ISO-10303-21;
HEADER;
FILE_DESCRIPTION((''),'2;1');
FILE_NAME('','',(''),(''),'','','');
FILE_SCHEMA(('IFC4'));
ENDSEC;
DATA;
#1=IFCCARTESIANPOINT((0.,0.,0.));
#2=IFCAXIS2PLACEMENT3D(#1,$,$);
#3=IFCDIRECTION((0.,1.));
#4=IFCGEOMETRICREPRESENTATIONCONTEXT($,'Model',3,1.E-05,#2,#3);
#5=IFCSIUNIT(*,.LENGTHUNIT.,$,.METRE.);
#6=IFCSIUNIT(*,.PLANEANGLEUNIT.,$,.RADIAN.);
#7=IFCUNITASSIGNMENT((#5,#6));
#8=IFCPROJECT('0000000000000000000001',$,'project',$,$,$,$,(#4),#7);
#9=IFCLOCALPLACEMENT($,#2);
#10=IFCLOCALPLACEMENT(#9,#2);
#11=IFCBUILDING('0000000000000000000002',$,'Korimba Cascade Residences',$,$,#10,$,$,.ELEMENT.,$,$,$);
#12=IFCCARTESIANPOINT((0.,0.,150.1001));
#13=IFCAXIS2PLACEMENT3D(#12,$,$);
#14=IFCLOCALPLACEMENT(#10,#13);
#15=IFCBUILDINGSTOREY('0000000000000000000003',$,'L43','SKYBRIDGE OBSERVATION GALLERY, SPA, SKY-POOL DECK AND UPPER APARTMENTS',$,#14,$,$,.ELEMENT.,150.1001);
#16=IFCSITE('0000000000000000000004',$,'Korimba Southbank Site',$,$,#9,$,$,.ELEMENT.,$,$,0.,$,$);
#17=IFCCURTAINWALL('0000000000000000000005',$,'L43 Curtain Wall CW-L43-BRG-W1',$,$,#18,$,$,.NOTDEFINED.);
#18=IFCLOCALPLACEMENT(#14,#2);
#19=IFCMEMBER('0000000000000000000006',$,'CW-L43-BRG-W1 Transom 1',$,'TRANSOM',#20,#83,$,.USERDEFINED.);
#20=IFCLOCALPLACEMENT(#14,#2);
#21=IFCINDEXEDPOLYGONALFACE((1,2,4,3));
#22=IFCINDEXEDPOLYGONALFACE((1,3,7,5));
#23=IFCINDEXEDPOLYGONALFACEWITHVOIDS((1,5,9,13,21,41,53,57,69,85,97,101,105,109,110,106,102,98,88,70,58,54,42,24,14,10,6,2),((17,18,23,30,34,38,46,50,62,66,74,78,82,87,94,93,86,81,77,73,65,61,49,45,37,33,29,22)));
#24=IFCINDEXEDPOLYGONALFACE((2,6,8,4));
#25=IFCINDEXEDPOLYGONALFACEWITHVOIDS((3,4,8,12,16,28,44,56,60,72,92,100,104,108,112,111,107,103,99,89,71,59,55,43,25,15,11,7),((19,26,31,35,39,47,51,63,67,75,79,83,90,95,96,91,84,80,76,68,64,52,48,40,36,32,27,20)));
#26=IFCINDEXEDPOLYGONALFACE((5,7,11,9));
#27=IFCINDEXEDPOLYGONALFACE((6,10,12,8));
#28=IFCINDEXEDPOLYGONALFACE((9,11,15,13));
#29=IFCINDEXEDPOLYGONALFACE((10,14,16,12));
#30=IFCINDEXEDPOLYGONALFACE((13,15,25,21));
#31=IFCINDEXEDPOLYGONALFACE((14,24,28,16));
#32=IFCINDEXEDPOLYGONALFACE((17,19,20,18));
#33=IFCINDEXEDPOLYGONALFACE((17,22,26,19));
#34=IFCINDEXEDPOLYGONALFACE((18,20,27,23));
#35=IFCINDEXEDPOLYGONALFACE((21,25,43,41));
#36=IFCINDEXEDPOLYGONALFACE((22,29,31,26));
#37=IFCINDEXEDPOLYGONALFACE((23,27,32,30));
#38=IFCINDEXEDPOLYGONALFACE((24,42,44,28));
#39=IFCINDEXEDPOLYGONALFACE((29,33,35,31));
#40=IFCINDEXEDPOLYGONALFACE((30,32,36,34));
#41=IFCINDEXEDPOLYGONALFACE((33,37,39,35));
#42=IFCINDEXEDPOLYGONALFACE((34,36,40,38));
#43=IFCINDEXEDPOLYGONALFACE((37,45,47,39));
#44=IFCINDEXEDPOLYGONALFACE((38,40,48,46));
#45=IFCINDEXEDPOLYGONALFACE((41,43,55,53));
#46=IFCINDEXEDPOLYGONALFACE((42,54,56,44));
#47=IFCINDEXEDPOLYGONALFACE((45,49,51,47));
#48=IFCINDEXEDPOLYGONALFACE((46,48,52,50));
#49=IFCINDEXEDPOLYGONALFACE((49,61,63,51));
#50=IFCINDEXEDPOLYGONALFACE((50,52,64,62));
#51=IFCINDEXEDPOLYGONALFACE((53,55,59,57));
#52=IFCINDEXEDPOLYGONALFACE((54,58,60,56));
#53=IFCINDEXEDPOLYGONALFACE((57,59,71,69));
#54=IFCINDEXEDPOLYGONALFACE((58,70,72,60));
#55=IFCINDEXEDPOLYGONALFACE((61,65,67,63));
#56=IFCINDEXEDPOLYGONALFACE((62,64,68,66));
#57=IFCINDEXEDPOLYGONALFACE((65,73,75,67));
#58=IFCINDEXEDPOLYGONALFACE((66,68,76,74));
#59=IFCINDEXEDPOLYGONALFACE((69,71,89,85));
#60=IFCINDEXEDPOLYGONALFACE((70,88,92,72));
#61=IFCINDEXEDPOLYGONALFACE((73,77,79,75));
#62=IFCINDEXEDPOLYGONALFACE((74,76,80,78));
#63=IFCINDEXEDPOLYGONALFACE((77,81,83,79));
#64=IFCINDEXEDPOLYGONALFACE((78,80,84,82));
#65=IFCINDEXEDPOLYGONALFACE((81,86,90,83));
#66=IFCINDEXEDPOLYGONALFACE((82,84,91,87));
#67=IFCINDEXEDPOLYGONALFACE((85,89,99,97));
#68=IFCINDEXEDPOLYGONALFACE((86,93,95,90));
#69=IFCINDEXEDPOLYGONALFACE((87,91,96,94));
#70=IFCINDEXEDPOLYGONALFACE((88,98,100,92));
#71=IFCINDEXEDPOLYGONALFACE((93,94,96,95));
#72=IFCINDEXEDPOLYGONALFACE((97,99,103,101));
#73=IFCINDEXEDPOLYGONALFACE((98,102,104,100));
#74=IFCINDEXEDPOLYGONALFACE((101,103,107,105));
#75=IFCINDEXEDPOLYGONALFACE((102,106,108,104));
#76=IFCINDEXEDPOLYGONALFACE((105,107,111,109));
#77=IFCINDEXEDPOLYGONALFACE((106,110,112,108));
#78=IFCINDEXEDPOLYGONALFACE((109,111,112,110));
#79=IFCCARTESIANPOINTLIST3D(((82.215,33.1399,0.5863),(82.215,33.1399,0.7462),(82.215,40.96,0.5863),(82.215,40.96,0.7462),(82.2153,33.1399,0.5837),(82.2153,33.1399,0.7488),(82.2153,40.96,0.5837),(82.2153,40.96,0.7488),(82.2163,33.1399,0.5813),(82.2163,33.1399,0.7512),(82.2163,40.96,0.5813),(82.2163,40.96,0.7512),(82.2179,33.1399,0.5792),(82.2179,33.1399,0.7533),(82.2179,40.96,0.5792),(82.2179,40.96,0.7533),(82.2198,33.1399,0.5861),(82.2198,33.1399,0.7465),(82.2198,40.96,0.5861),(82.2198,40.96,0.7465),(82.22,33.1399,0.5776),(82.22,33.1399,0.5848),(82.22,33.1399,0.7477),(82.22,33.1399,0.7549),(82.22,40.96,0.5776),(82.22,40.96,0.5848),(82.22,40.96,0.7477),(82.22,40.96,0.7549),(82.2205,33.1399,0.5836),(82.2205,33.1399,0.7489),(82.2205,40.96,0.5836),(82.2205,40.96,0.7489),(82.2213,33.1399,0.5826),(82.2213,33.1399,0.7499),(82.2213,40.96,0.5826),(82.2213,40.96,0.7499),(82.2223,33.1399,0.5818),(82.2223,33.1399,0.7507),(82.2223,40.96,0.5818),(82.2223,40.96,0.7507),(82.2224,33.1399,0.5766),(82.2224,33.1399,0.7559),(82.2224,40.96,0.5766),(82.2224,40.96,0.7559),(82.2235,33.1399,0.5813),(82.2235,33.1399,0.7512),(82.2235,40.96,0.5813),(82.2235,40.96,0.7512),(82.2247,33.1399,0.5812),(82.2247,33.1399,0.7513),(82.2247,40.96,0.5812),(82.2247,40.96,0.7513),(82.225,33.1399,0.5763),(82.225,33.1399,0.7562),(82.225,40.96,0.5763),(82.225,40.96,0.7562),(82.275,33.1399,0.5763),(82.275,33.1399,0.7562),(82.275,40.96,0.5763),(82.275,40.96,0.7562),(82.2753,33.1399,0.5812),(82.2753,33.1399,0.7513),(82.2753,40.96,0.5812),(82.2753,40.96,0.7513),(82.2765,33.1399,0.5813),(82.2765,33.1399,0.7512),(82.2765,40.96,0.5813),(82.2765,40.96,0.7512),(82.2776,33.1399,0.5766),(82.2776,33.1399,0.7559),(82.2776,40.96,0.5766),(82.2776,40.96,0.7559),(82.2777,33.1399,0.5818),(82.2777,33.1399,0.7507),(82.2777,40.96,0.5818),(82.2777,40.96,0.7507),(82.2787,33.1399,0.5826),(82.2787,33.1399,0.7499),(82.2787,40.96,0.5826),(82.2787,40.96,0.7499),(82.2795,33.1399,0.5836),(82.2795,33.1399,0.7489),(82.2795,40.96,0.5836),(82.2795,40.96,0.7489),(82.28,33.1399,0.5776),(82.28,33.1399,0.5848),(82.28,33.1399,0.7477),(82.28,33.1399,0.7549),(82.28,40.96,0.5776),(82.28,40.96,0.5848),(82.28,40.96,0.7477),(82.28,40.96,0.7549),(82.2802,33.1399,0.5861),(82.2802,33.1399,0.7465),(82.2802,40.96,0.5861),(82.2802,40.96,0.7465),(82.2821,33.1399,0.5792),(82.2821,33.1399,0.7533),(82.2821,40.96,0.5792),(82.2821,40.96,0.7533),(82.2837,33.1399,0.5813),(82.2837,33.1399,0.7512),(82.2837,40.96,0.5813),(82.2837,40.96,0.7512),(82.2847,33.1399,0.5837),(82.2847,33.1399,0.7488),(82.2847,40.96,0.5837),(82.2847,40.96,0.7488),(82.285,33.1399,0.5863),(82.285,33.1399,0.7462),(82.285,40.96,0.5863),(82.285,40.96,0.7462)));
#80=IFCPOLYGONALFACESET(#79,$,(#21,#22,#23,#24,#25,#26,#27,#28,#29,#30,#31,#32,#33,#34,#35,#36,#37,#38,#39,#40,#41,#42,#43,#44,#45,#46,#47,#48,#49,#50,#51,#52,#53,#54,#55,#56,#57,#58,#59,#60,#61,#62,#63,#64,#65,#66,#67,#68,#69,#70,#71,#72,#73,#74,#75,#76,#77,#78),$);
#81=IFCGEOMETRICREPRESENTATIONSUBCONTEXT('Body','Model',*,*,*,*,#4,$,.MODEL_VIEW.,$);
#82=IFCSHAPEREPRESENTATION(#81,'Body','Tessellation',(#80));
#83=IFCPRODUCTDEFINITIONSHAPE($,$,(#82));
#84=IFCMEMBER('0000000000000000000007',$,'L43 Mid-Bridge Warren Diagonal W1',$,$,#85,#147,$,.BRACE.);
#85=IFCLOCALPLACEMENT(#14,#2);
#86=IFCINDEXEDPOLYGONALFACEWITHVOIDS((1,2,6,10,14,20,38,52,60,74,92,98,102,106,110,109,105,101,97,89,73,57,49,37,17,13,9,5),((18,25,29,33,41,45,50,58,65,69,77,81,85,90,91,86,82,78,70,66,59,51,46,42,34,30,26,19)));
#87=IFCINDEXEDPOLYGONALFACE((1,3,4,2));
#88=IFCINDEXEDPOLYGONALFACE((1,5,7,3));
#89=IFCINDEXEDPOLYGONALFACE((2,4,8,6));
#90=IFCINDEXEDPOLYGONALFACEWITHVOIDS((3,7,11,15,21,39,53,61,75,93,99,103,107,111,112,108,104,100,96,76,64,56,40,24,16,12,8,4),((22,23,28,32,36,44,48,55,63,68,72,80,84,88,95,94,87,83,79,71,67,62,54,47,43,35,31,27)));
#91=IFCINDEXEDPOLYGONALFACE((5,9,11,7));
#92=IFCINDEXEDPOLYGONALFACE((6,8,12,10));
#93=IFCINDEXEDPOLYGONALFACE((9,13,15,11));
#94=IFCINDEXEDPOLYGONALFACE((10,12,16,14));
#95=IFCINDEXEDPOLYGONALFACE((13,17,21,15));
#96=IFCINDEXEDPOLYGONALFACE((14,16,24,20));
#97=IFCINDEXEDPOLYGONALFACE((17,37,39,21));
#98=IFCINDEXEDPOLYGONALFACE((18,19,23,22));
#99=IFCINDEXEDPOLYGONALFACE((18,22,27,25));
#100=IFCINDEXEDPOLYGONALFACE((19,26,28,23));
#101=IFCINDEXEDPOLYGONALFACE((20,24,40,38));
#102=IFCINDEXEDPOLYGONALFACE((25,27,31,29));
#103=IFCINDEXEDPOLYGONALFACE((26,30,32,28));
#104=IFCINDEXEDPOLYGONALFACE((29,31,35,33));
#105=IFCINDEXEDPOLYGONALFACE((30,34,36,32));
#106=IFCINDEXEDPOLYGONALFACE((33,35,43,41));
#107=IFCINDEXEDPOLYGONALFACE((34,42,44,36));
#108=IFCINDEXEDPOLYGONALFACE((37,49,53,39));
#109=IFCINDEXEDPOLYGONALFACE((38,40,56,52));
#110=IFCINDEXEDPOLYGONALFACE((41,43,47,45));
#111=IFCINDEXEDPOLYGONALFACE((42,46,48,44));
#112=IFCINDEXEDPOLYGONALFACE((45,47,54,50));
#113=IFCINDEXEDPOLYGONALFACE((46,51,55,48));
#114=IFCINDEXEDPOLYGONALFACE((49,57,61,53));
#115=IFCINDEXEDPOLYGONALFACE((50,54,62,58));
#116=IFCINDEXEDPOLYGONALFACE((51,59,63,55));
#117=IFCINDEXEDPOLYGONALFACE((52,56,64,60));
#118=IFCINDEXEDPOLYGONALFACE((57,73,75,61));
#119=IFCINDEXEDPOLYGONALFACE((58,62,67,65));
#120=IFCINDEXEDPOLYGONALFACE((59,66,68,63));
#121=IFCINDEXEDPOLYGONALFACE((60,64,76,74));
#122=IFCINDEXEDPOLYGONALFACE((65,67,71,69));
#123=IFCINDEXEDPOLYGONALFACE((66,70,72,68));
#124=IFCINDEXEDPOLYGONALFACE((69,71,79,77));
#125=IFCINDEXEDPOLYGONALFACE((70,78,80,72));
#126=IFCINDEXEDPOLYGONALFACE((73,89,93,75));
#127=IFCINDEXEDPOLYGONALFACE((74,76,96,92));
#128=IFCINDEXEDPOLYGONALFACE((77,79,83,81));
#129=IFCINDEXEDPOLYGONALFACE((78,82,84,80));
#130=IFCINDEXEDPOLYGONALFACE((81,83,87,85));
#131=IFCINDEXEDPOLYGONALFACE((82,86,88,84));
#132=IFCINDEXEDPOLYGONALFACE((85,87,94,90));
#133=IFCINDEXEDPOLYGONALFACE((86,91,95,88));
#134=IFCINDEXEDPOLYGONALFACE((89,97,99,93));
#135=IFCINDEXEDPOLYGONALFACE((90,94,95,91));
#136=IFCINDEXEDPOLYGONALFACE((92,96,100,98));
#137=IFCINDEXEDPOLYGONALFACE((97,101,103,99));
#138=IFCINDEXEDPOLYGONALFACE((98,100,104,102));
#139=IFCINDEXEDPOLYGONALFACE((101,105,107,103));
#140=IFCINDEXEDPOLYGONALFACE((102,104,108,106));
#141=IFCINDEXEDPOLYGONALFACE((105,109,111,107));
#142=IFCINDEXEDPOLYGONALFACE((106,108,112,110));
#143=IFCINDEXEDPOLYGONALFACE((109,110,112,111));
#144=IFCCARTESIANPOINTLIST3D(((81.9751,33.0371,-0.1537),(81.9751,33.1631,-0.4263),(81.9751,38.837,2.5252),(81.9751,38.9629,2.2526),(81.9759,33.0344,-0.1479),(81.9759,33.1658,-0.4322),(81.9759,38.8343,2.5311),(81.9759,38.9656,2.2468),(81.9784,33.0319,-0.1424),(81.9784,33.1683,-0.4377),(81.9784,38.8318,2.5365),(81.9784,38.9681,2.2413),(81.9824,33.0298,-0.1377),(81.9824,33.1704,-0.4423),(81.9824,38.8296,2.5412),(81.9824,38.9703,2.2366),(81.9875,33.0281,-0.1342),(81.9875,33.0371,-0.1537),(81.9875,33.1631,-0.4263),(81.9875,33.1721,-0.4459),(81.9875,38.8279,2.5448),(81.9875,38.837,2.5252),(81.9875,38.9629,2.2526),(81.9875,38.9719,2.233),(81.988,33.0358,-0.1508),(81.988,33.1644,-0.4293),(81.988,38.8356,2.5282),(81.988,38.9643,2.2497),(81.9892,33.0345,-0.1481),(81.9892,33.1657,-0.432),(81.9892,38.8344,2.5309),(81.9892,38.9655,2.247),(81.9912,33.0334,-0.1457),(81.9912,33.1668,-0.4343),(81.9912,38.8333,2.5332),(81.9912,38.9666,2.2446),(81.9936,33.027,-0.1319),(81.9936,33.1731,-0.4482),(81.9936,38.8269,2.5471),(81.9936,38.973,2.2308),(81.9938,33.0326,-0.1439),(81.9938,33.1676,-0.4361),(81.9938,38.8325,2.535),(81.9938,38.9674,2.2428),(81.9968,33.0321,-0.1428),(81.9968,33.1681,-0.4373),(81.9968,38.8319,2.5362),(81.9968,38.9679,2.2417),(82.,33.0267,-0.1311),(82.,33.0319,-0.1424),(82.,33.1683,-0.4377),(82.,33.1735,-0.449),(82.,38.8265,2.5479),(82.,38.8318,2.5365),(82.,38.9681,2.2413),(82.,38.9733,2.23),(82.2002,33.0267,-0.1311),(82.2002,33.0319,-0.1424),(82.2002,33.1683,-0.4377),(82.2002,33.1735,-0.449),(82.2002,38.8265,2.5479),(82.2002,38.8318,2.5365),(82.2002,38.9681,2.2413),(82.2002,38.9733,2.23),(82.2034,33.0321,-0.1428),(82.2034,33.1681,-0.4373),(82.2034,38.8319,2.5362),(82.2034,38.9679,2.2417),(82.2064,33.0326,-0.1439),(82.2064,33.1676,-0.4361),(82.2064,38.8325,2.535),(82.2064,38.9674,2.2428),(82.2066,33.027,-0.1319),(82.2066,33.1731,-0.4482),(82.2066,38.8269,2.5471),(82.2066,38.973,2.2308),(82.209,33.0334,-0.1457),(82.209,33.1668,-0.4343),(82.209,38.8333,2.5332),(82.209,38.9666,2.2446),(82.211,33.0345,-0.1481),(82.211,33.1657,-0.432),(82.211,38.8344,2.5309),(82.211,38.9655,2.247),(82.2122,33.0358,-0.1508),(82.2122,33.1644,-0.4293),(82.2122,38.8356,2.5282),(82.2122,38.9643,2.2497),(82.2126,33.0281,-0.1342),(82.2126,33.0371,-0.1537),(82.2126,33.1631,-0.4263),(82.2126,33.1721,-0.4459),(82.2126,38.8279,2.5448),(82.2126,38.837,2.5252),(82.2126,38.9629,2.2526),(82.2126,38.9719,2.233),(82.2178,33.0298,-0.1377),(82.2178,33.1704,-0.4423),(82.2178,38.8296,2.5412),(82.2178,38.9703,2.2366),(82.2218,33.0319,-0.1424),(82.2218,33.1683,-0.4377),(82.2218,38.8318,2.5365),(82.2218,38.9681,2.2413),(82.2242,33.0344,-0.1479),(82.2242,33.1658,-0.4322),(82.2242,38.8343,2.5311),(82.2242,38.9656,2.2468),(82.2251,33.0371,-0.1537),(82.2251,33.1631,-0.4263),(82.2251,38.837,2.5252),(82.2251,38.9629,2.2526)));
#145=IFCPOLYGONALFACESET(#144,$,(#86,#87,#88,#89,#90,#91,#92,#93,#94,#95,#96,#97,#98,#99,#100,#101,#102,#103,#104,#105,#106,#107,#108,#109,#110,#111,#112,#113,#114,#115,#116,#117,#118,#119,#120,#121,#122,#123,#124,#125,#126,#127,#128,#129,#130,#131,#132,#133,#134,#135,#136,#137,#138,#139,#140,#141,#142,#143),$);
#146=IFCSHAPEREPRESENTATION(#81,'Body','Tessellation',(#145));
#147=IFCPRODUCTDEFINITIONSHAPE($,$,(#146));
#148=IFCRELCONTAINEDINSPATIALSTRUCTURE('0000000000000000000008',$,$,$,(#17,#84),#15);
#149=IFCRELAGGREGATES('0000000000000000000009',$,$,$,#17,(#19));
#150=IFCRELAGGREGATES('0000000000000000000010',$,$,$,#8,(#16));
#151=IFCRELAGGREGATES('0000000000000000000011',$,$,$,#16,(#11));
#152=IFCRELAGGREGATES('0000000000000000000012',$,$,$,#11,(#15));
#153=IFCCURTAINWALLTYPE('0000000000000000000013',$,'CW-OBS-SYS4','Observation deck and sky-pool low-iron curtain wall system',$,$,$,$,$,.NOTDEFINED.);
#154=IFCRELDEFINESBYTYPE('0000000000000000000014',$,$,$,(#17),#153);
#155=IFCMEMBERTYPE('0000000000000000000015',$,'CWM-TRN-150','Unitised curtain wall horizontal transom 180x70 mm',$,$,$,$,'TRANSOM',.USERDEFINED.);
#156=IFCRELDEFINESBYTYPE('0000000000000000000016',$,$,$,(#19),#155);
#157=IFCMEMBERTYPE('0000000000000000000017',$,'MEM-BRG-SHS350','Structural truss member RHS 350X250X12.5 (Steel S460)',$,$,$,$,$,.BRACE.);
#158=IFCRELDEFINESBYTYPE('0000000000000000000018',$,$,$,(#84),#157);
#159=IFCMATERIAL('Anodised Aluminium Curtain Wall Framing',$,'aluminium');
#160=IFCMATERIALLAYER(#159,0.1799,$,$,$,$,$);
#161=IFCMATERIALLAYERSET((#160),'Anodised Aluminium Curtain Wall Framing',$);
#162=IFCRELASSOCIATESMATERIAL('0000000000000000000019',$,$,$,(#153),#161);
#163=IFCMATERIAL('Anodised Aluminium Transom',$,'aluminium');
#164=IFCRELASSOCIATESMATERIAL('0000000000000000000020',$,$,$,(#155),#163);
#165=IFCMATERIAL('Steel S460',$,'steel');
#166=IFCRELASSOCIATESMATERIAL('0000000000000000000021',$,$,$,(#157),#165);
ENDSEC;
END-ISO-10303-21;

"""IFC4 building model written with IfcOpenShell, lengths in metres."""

from ifc_helpers import new_model, si_unit, direction, frame, origin, origin_2d, place, context, subcontext, project, spatial, hollow_rectangle, extrude, material, layer, layer_set, material_profile, profile_set, type_object, element, aggregate, save


model = new_model("IFC4")

# Units and contexts
model_context = context("Model", 3, precision=1e-05, world=origin(), true_north=direction((0.0, 1.0)))
body_context = subcontext(model_context, "Body", "Model", "MODEL_VIEW")
ifc_project = project(units=[si_unit("LENGTHUNIT", "METRE"), si_unit("PLANEANGLEUNIT", "RADIAN")], contexts=[model_context])

# Site, building, storey
site_placement = place(None, origin())
site = spatial("IfcSite", under=ifc_project, at=site_placement, Name="Korimba Southbank Site", CompositionType="ELEMENT", RefElevation=0.0)
building_placement = place(site_placement, origin())
building = spatial("IfcBuilding", under=site, at=building_placement, Name="Korimba Cascade Residences", CompositionType="ELEMENT")
storey_placement = place(building_placement, frame((0.0, 0.0, 150.1001)))
storey = spatial("IfcBuildingStorey", under=building, at=storey_placement, Name="L43", Description="SKYBRIDGE OBSERVATION GALLERY, SPA, SKY-POOL DECK AND UPPER APARTMENTS", CompositionType="ELEMENT", Elevation=150.1001)

# Curtain wall, member
ifc_material_1 = material(Name="Anodised Aluminium Curtain Wall Framing", Category="aluminium")
ifc_layer_1 = layer(ifc_material_1, 0.1799)
ifc_layer_set_1 = layer_set([ifc_layer_1], Name="Anodised Aluminium Curtain Wall Framing")
curtain_wall_type = type_object("IfcCurtainWallType", Name="CW-OBS-SYS4", Description="Observation deck and sky-pool low-iron curtain wall system", PredefinedType="NOTDEFINED", material=ifc_layer_set_1)
curtain_wall_placement = place(storey_placement, origin())
curtain_wall = element("IfcCurtainWall", 1, at=curtain_wall_placement, inside=storey, type_object=curtain_wall_type, Name="L43 Curtain Wall CW-L43-BRG-W1", PredefinedType="NOTDEFINED")
ifc_material_2 = material(Name="Anodised Aluminium Transom", Category="aluminium")
ifc_material_profile_1 = material_profile(ifc_material_2, hollow_rectangle(XDim=0.0701, YDim=0.1799, WallThickness=0.0049, InnerFilletRadius=0.0049, OuterFilletRadius=0.01, at=origin_2d()), Name="Anodised Aluminium Transom")
ifc_profile_set_1 = profile_set([ifc_material_profile_1], Name="Anodised Aluminium Transom")
member_type_1 = type_object("IfcMemberType", Name="CWM-TRN-150", Description="Unitised curtain wall horizontal transom 180x70 mm", ElementType="TRANSOM", PredefinedType="USERDEFINED", material=ifc_profile_set_1)
member_1_placement = place(storey_placement, frame((82.25, 33.1399, 0.6663), z_axis=(0.0, 1.0, 0.0), x_axis=(-1.0, 0.0, 0.0)))
member_1 = element("IfcMember", 2, at=member_1_placement, type_object=member_type_1, Name="CW-L43-BRG-W1 Transom 1", ObjectType="TRANSOM", PredefinedType="USERDEFINED", context=body_context, shape_type="SweptSolid", body=[
    extrude(hollow_rectangle(XDim=0.0701, YDim=0.1799, WallThickness=0.0049, InnerFilletRadius=0.0049, OuterFilletRadius=0.01, at=origin_2d()), origin(), (0.0, 0.0, 1.0), 7.8201),
])

# Member
ifc_material_3 = material(Name="Steel S460", Category="steel")
ifc_material_profile_2 = material_profile(ifc_material_3, hollow_rectangle(XDim=0.25, YDim=0.3501, WallThickness=0.0125, InnerFilletRadius=0.0125, OuterFilletRadius=0.0249, at=origin_2d()), Name="Steel S460")
ifc_profile_set_2 = profile_set([ifc_material_profile_2], Name="Steel S460")
member_type_2 = type_object("IfcMemberType", Name="MEM-BRG-SHS350", Description="Structural truss member RHS 350X250X12.5 (Steel S460)", PredefinedType="BRACE", material=ifc_profile_set_2)
member_2_placement = place(storey_placement, frame((82.1001, 33.1001, -0.29), z_axis=(0.0, 0.907833, 0.419332), x_axis=(-1.0, 0.0, 0.0)))
element("IfcMember", 3, at=member_2_placement, inside=storey, type_object=member_type_2, Name="L43 Mid-Bridge Warren Diagonal W1", PredefinedType="BRACE", context=body_context, shape_type="SweptSolid", body=[
    extrude(hollow_rectangle(XDim=0.25, YDim=0.3501, WallThickness=0.0125, InnerFilletRadius=0.0125, OuterFilletRadius=0.0249, at=origin_2d()), origin(), (0.0, 0.0, 1.0), 6.3887),
])

aggregate(curtain_wall, [member_1])

save(model, "model.ifc")
